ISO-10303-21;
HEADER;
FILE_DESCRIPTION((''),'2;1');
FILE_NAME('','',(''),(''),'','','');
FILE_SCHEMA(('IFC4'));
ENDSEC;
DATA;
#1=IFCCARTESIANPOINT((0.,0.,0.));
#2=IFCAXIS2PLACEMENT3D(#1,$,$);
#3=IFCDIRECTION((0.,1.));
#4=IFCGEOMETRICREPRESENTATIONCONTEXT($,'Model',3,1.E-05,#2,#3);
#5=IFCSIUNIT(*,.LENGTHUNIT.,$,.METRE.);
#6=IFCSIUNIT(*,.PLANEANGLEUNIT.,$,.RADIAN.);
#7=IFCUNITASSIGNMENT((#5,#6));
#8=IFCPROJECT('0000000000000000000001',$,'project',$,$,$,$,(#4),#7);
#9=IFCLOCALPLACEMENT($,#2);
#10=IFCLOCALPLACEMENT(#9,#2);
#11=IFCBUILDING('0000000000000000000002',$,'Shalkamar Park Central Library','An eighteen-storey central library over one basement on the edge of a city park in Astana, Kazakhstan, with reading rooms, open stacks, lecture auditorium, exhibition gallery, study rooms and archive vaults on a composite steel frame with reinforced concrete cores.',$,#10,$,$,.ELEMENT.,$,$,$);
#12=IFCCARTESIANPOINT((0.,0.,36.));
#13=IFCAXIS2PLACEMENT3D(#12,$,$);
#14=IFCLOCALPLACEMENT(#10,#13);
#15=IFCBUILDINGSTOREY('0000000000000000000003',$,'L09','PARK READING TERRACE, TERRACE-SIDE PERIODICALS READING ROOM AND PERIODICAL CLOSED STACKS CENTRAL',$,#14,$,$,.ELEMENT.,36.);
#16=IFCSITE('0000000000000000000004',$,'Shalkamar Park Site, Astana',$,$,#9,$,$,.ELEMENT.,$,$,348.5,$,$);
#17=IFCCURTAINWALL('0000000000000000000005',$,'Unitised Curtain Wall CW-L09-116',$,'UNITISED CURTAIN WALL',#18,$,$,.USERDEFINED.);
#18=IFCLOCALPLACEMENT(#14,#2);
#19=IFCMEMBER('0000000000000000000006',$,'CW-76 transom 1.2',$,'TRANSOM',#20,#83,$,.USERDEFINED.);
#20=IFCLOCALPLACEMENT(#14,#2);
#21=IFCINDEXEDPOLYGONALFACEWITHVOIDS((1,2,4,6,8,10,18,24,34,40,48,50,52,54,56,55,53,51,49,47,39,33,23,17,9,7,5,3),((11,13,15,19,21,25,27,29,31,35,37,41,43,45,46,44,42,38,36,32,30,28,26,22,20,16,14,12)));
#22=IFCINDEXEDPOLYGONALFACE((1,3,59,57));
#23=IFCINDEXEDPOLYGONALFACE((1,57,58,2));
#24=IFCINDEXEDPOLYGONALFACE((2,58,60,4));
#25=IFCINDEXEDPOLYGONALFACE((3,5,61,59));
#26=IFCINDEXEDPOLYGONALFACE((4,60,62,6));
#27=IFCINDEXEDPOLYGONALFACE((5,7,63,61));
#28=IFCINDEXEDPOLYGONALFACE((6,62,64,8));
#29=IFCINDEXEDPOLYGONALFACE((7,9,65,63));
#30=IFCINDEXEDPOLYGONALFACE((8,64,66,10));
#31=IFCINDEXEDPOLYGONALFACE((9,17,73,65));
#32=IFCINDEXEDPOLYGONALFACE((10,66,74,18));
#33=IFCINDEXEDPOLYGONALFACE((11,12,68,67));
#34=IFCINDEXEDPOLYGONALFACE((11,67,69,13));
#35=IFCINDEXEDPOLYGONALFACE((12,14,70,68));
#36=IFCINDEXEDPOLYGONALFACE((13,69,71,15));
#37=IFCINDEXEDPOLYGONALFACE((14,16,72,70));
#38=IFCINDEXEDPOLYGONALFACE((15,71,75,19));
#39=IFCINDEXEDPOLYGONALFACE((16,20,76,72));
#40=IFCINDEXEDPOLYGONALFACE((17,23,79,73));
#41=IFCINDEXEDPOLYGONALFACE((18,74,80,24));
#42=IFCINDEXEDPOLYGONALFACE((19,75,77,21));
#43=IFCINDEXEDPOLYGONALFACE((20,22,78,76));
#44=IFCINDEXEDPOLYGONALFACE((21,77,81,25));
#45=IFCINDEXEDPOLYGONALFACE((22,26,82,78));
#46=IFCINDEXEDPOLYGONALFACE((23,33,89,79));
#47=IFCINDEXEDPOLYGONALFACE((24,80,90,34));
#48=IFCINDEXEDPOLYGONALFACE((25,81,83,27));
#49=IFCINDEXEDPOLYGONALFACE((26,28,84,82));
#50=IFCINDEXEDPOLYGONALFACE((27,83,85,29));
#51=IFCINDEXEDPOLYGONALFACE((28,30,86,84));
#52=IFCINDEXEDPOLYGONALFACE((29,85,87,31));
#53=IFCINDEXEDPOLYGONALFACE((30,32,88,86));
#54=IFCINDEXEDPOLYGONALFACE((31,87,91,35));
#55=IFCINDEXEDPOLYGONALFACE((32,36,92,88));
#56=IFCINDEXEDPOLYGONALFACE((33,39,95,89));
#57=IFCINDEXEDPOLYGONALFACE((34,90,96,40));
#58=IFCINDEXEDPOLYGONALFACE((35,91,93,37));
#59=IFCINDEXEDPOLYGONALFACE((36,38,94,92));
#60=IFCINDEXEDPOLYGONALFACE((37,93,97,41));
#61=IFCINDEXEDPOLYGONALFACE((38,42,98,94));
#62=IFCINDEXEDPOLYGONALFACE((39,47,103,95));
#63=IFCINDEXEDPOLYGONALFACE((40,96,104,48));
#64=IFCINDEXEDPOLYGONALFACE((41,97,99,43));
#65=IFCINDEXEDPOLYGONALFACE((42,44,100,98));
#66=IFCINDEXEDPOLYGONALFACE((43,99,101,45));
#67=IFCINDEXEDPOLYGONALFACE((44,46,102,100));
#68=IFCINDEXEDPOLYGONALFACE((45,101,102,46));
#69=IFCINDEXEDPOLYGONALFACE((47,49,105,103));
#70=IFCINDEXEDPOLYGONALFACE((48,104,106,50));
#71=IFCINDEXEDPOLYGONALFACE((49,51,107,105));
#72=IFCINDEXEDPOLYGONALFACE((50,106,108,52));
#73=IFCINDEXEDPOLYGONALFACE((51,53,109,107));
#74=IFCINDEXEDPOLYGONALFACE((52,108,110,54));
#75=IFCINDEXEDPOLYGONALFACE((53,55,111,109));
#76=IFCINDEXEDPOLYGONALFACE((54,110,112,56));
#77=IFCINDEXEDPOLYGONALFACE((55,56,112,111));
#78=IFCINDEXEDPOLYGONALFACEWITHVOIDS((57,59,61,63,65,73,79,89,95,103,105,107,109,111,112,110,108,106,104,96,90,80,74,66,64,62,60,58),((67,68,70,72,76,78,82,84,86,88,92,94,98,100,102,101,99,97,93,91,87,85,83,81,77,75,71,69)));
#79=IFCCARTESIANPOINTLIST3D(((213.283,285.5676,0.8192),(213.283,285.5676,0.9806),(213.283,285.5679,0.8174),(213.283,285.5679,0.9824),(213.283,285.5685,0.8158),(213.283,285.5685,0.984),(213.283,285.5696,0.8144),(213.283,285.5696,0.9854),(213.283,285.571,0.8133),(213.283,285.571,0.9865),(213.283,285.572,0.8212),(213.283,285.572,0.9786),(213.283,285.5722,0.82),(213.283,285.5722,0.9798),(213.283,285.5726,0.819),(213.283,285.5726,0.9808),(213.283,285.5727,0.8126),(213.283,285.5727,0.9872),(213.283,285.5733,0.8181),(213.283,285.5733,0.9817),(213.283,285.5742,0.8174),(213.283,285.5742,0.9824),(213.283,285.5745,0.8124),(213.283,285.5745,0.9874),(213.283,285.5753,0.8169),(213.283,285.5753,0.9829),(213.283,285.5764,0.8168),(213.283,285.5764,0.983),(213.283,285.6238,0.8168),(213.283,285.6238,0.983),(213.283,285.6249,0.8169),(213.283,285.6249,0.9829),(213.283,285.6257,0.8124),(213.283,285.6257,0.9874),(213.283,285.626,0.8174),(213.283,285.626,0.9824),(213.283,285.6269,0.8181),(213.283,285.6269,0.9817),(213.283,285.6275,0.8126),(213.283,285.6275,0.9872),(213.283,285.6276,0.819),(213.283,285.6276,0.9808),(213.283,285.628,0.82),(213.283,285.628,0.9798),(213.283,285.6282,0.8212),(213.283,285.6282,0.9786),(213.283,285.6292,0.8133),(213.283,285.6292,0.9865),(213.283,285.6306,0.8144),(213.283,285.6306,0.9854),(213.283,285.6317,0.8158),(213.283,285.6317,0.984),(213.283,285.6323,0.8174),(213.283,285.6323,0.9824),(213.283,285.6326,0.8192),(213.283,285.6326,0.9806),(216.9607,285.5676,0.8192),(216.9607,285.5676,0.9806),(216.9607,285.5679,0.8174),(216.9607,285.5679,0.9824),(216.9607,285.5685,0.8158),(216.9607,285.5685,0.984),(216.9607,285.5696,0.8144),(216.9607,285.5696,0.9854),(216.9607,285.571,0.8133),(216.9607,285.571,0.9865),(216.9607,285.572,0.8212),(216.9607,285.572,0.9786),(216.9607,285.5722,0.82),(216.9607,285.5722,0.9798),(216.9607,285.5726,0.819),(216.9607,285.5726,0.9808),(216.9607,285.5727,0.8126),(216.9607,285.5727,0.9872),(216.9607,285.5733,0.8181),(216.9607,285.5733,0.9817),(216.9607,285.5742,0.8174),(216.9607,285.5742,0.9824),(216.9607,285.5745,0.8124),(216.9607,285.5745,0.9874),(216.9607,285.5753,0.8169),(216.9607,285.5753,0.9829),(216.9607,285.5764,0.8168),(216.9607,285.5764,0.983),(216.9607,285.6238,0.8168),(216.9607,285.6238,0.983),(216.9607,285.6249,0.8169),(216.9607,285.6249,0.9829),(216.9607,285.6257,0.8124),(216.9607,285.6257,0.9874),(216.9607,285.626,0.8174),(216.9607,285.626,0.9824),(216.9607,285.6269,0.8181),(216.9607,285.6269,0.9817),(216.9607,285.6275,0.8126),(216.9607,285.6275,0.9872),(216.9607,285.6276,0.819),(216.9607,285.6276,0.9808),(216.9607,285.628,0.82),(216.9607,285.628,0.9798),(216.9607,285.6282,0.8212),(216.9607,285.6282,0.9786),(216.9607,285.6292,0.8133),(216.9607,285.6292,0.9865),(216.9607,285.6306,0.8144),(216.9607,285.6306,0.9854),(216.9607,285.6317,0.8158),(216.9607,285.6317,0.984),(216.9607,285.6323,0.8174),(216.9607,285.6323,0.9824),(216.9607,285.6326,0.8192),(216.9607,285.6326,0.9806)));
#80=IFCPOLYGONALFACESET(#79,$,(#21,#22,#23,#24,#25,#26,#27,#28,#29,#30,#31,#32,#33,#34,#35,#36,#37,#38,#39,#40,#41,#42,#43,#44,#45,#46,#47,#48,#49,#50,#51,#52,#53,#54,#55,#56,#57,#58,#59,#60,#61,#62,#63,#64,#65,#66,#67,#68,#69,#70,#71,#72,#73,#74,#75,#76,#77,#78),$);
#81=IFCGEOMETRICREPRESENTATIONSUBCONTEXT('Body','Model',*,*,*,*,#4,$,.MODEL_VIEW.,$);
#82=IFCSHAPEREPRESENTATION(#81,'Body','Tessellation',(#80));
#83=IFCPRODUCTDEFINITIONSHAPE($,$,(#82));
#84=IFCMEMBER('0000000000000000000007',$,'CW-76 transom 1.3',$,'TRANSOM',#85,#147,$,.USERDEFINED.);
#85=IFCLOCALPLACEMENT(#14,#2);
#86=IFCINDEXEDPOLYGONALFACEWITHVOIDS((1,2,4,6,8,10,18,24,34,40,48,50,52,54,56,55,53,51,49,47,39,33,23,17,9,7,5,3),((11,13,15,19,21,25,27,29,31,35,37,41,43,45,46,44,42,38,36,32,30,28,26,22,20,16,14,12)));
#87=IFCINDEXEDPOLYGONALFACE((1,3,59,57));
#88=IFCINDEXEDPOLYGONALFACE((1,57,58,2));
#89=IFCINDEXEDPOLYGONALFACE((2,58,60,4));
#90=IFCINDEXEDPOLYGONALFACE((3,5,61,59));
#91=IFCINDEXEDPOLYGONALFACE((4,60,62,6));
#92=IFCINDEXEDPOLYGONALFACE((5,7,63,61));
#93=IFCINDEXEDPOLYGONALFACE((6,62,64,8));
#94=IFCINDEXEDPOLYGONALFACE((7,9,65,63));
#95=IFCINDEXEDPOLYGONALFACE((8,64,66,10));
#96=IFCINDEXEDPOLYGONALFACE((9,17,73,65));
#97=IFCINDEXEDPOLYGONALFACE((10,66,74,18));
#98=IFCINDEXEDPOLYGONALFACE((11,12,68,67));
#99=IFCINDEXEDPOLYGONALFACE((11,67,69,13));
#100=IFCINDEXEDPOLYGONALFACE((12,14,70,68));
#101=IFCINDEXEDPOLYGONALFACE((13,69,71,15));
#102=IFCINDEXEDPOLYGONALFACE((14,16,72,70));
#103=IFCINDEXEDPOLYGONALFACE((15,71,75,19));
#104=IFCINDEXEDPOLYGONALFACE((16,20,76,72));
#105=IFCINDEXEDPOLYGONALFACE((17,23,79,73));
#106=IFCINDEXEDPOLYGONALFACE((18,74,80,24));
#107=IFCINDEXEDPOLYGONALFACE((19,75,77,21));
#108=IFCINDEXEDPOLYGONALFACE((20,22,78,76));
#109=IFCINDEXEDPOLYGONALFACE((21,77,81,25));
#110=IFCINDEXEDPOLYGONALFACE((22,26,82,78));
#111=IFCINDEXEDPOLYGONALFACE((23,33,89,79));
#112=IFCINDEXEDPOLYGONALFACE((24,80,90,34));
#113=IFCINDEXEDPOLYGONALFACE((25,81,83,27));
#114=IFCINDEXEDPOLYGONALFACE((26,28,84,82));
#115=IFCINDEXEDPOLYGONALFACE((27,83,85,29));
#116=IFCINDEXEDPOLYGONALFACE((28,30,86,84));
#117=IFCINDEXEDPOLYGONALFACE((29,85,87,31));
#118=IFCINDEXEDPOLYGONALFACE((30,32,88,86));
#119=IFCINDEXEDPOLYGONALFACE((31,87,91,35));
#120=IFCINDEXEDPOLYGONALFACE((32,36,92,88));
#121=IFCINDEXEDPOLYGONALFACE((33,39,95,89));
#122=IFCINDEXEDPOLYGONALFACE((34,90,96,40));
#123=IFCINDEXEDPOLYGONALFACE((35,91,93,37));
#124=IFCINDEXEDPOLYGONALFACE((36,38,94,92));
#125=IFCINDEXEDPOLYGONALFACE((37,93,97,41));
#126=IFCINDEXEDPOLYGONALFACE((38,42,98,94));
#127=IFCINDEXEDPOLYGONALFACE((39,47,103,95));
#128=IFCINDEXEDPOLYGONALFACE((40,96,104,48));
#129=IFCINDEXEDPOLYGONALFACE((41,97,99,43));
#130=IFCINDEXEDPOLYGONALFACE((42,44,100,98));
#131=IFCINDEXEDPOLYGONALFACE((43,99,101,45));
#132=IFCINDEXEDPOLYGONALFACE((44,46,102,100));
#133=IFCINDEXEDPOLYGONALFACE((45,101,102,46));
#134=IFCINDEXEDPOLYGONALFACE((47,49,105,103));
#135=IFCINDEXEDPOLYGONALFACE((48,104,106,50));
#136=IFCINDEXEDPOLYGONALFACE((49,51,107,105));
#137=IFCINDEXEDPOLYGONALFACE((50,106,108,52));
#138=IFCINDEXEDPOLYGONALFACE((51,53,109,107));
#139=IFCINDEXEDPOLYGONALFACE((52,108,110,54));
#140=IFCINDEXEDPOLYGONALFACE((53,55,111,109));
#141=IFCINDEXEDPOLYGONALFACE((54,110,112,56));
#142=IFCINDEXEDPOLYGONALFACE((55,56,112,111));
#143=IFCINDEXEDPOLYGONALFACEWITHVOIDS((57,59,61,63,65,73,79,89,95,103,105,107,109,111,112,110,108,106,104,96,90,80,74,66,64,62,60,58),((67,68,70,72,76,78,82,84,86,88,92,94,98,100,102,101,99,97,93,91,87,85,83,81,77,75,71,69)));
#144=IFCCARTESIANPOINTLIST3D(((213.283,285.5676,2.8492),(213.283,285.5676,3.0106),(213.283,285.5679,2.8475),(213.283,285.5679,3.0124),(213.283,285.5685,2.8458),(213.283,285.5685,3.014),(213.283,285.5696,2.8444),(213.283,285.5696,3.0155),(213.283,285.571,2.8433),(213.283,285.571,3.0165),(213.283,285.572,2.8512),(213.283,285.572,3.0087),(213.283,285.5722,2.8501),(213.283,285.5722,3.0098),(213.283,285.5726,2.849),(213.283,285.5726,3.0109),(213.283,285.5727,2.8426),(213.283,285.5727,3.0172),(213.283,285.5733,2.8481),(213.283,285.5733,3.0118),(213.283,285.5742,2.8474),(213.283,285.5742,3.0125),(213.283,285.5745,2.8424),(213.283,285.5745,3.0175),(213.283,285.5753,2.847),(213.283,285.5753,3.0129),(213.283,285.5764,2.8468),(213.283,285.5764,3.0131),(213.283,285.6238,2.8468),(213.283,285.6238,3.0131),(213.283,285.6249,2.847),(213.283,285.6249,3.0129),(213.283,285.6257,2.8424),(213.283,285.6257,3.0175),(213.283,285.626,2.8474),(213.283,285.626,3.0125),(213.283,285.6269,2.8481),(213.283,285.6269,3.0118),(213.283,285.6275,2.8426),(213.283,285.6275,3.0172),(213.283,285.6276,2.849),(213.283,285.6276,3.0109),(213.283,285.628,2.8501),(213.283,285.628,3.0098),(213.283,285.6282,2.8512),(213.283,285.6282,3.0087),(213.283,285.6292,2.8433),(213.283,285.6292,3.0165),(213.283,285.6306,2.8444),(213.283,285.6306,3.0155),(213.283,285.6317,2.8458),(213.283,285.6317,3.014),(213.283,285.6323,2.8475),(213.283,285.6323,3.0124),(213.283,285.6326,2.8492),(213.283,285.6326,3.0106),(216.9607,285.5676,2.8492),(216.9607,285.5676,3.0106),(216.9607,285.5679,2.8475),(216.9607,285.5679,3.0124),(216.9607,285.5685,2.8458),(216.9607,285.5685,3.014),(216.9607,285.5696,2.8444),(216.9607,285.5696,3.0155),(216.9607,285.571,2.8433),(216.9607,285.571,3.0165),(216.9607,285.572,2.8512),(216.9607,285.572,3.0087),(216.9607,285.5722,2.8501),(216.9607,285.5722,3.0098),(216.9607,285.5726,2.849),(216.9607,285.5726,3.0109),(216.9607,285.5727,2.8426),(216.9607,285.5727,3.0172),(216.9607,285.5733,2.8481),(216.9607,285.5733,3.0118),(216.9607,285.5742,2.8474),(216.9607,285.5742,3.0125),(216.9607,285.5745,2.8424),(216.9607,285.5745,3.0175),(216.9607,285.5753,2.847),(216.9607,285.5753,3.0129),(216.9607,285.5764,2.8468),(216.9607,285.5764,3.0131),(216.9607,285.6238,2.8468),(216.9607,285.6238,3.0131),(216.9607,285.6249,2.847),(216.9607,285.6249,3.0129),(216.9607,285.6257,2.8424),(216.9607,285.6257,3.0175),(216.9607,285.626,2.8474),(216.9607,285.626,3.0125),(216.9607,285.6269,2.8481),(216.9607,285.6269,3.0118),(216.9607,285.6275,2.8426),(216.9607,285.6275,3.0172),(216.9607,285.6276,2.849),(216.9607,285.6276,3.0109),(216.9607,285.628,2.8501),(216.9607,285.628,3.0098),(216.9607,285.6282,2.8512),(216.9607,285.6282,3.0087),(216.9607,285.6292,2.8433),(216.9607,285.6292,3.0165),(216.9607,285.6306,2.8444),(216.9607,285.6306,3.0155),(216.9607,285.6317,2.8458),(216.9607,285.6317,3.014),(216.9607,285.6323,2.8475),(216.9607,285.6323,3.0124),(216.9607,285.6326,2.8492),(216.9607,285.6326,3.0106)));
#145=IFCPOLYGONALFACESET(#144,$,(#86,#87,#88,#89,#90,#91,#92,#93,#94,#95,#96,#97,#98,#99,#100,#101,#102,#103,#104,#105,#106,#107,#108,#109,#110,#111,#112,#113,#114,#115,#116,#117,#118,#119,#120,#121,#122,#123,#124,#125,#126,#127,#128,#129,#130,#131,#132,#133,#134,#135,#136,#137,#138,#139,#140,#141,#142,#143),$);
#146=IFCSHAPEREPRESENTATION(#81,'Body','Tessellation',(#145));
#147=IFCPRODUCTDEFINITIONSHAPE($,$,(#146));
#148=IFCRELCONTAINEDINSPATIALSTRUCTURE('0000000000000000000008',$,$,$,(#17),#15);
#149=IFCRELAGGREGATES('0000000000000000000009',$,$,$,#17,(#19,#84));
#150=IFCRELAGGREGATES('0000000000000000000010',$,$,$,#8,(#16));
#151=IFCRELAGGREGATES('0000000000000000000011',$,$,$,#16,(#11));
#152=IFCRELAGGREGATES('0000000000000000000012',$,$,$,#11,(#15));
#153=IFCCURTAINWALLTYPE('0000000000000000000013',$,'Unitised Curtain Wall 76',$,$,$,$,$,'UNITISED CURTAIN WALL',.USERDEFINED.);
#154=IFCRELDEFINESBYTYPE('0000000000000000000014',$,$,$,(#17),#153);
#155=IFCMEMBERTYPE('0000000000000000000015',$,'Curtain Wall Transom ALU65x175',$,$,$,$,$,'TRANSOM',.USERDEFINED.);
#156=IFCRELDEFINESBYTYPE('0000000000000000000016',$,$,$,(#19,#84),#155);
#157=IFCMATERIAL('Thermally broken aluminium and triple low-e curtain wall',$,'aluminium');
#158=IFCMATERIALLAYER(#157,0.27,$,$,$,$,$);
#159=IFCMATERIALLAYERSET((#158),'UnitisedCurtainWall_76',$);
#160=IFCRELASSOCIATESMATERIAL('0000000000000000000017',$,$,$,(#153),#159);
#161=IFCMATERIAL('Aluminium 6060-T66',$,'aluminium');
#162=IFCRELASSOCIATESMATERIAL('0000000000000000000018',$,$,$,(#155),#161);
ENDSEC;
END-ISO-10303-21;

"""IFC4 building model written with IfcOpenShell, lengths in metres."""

from ifc_helpers import new_model, si_unit, direction, frame, origin, origin_2d, place, context, subcontext, project, spatial, hollow_rectangle, extrude, material, layer, layer_set, material_profile, profile_set, type_object, element, aggregate, save


model = new_model("IFC4")

# Units and contexts
model_context = context("Model", 3, precision=1e-05, world=origin(), true_north=direction((0.0, 1.0)))
body_context = subcontext(model_context, "Body", "Model", "MODEL_VIEW")
ifc_project = project(units=[si_unit("LENGTHUNIT", "METRE"), si_unit("PLANEANGLEUNIT", "RADIAN")], contexts=[model_context])

# Site, building, storey
site_placement = place(None, origin())
site = spatial("IfcSite", under=ifc_project, at=site_placement, Name="Shalkamar Park Site, Astana", CompositionType="ELEMENT", RefElevation=348.5)
building_placement = place(site_placement, origin())
building = spatial("IfcBuilding", under=site, at=building_placement, Name="Shalkamar Park Central Library", Description="An eighteen-storey central library over one basement on the edge of a city park in Astana, Kazakhstan, with reading rooms, open stacks, lecture auditorium, exhibition gallery, study rooms and archive vaults on a composite steel frame with reinforced concrete cores.", CompositionType="ELEMENT")
storey_placement = place(building_placement, frame((0.0, 0.0, 36.0)))
storey = spatial("IfcBuildingStorey", under=building, at=storey_placement, Name="L09", Description="PARK READING TERRACE, TERRACE-SIDE PERIODICALS READING ROOM AND PERIODICAL CLOSED STACKS CENTRAL", CompositionType="ELEMENT", Elevation=36.0)

# Curtain wall
ifc_material_1 = material(Name="Thermally broken aluminium and triple low-e curtain wall", Category="aluminium")
ifc_layer_1 = layer(ifc_material_1, 0.27)
ifc_layer_set_1 = layer_set([ifc_layer_1], Name="UnitisedCurtainWall_76")
curtain_wall_type_1 = type_object("IfcCurtainWallType", Name="Unitised Curtain Wall 76", ElementType="UNITISED CURTAIN WALL", PredefinedType="USERDEFINED", material=ifc_layer_set_1)
curtain_wall_1_placement = place(storey_placement, origin())
curtain_wall_1 = element("IfcCurtainWall", 1, at=curtain_wall_1_placement, inside=storey, type_object=curtain_wall_type_1, Name="Unitised Curtain Wall CW-L09-116", ObjectType="UNITISED CURTAIN WALL", PredefinedType="USERDEFINED")
ifc_material_2 = material(Name="Aluminium 6060-T66", Category="aluminium")

# Members
ifc_material_profile_1 = material_profile(ifc_material_2, hollow_rectangle(XDim=0.0649, YDim=0.175, WallThickness=0.0044, InnerFilletRadius=0.0044, OuterFilletRadius=0.0068, at=origin_2d()), Name="ALU 65x175x4.5")
ifc_profile_set_1 = profile_set([ifc_material_profile_1], Name="Aluminium 6060-T66")
member_type_1 = type_object("IfcMemberType", Name="Curtain Wall Transom ALU65x175", ElementType="TRANSOM", PredefinedType="USERDEFINED", material=ifc_profile_set_1)
member_1_placement = place(storey_placement, frame((213.283, 285.6001, 0.8999), z_axis=(1.0, 0.0, 0.0), x_axis=(0.0, 1.0, 0.0)))
member_1 = element("IfcMember", 2, at=member_1_placement, type_object=member_type_1, Name="CW-76 transom 1.2", ObjectType="TRANSOM", PredefinedType="USERDEFINED", context=body_context, shape_type="SweptSolid", body=[
    extrude(hollow_rectangle(XDim=0.0649, YDim=0.175, WallThickness=0.0044, InnerFilletRadius=0.0044, OuterFilletRadius=0.0068, at=origin_2d()), origin(), (0.0, 0.0, 1.0), 3.6777),
])
member_2_placement = place(storey_placement, frame((213.283, 285.6001, 2.9299), z_axis=(1.0, 0.0, 0.0), x_axis=(0.0, 1.0, 0.0)))
member_2 = element("IfcMember", 3, at=member_2_placement, type_object=member_type_1, Name="CW-76 transom 1.3", ObjectType="TRANSOM", PredefinedType="USERDEFINED", context=body_context, shape_type="SweptSolid", body=[
    extrude(hollow_rectangle(XDim=0.0649, YDim=0.175, WallThickness=0.0044, InnerFilletRadius=0.0044, OuterFilletRadius=0.0068, at=origin_2d()), origin(), (0.0, 0.0, 1.0), 3.6777),
])

aggregate(curtain_wall_1, [member_1, member_2])

save(model, "model.ifc")
